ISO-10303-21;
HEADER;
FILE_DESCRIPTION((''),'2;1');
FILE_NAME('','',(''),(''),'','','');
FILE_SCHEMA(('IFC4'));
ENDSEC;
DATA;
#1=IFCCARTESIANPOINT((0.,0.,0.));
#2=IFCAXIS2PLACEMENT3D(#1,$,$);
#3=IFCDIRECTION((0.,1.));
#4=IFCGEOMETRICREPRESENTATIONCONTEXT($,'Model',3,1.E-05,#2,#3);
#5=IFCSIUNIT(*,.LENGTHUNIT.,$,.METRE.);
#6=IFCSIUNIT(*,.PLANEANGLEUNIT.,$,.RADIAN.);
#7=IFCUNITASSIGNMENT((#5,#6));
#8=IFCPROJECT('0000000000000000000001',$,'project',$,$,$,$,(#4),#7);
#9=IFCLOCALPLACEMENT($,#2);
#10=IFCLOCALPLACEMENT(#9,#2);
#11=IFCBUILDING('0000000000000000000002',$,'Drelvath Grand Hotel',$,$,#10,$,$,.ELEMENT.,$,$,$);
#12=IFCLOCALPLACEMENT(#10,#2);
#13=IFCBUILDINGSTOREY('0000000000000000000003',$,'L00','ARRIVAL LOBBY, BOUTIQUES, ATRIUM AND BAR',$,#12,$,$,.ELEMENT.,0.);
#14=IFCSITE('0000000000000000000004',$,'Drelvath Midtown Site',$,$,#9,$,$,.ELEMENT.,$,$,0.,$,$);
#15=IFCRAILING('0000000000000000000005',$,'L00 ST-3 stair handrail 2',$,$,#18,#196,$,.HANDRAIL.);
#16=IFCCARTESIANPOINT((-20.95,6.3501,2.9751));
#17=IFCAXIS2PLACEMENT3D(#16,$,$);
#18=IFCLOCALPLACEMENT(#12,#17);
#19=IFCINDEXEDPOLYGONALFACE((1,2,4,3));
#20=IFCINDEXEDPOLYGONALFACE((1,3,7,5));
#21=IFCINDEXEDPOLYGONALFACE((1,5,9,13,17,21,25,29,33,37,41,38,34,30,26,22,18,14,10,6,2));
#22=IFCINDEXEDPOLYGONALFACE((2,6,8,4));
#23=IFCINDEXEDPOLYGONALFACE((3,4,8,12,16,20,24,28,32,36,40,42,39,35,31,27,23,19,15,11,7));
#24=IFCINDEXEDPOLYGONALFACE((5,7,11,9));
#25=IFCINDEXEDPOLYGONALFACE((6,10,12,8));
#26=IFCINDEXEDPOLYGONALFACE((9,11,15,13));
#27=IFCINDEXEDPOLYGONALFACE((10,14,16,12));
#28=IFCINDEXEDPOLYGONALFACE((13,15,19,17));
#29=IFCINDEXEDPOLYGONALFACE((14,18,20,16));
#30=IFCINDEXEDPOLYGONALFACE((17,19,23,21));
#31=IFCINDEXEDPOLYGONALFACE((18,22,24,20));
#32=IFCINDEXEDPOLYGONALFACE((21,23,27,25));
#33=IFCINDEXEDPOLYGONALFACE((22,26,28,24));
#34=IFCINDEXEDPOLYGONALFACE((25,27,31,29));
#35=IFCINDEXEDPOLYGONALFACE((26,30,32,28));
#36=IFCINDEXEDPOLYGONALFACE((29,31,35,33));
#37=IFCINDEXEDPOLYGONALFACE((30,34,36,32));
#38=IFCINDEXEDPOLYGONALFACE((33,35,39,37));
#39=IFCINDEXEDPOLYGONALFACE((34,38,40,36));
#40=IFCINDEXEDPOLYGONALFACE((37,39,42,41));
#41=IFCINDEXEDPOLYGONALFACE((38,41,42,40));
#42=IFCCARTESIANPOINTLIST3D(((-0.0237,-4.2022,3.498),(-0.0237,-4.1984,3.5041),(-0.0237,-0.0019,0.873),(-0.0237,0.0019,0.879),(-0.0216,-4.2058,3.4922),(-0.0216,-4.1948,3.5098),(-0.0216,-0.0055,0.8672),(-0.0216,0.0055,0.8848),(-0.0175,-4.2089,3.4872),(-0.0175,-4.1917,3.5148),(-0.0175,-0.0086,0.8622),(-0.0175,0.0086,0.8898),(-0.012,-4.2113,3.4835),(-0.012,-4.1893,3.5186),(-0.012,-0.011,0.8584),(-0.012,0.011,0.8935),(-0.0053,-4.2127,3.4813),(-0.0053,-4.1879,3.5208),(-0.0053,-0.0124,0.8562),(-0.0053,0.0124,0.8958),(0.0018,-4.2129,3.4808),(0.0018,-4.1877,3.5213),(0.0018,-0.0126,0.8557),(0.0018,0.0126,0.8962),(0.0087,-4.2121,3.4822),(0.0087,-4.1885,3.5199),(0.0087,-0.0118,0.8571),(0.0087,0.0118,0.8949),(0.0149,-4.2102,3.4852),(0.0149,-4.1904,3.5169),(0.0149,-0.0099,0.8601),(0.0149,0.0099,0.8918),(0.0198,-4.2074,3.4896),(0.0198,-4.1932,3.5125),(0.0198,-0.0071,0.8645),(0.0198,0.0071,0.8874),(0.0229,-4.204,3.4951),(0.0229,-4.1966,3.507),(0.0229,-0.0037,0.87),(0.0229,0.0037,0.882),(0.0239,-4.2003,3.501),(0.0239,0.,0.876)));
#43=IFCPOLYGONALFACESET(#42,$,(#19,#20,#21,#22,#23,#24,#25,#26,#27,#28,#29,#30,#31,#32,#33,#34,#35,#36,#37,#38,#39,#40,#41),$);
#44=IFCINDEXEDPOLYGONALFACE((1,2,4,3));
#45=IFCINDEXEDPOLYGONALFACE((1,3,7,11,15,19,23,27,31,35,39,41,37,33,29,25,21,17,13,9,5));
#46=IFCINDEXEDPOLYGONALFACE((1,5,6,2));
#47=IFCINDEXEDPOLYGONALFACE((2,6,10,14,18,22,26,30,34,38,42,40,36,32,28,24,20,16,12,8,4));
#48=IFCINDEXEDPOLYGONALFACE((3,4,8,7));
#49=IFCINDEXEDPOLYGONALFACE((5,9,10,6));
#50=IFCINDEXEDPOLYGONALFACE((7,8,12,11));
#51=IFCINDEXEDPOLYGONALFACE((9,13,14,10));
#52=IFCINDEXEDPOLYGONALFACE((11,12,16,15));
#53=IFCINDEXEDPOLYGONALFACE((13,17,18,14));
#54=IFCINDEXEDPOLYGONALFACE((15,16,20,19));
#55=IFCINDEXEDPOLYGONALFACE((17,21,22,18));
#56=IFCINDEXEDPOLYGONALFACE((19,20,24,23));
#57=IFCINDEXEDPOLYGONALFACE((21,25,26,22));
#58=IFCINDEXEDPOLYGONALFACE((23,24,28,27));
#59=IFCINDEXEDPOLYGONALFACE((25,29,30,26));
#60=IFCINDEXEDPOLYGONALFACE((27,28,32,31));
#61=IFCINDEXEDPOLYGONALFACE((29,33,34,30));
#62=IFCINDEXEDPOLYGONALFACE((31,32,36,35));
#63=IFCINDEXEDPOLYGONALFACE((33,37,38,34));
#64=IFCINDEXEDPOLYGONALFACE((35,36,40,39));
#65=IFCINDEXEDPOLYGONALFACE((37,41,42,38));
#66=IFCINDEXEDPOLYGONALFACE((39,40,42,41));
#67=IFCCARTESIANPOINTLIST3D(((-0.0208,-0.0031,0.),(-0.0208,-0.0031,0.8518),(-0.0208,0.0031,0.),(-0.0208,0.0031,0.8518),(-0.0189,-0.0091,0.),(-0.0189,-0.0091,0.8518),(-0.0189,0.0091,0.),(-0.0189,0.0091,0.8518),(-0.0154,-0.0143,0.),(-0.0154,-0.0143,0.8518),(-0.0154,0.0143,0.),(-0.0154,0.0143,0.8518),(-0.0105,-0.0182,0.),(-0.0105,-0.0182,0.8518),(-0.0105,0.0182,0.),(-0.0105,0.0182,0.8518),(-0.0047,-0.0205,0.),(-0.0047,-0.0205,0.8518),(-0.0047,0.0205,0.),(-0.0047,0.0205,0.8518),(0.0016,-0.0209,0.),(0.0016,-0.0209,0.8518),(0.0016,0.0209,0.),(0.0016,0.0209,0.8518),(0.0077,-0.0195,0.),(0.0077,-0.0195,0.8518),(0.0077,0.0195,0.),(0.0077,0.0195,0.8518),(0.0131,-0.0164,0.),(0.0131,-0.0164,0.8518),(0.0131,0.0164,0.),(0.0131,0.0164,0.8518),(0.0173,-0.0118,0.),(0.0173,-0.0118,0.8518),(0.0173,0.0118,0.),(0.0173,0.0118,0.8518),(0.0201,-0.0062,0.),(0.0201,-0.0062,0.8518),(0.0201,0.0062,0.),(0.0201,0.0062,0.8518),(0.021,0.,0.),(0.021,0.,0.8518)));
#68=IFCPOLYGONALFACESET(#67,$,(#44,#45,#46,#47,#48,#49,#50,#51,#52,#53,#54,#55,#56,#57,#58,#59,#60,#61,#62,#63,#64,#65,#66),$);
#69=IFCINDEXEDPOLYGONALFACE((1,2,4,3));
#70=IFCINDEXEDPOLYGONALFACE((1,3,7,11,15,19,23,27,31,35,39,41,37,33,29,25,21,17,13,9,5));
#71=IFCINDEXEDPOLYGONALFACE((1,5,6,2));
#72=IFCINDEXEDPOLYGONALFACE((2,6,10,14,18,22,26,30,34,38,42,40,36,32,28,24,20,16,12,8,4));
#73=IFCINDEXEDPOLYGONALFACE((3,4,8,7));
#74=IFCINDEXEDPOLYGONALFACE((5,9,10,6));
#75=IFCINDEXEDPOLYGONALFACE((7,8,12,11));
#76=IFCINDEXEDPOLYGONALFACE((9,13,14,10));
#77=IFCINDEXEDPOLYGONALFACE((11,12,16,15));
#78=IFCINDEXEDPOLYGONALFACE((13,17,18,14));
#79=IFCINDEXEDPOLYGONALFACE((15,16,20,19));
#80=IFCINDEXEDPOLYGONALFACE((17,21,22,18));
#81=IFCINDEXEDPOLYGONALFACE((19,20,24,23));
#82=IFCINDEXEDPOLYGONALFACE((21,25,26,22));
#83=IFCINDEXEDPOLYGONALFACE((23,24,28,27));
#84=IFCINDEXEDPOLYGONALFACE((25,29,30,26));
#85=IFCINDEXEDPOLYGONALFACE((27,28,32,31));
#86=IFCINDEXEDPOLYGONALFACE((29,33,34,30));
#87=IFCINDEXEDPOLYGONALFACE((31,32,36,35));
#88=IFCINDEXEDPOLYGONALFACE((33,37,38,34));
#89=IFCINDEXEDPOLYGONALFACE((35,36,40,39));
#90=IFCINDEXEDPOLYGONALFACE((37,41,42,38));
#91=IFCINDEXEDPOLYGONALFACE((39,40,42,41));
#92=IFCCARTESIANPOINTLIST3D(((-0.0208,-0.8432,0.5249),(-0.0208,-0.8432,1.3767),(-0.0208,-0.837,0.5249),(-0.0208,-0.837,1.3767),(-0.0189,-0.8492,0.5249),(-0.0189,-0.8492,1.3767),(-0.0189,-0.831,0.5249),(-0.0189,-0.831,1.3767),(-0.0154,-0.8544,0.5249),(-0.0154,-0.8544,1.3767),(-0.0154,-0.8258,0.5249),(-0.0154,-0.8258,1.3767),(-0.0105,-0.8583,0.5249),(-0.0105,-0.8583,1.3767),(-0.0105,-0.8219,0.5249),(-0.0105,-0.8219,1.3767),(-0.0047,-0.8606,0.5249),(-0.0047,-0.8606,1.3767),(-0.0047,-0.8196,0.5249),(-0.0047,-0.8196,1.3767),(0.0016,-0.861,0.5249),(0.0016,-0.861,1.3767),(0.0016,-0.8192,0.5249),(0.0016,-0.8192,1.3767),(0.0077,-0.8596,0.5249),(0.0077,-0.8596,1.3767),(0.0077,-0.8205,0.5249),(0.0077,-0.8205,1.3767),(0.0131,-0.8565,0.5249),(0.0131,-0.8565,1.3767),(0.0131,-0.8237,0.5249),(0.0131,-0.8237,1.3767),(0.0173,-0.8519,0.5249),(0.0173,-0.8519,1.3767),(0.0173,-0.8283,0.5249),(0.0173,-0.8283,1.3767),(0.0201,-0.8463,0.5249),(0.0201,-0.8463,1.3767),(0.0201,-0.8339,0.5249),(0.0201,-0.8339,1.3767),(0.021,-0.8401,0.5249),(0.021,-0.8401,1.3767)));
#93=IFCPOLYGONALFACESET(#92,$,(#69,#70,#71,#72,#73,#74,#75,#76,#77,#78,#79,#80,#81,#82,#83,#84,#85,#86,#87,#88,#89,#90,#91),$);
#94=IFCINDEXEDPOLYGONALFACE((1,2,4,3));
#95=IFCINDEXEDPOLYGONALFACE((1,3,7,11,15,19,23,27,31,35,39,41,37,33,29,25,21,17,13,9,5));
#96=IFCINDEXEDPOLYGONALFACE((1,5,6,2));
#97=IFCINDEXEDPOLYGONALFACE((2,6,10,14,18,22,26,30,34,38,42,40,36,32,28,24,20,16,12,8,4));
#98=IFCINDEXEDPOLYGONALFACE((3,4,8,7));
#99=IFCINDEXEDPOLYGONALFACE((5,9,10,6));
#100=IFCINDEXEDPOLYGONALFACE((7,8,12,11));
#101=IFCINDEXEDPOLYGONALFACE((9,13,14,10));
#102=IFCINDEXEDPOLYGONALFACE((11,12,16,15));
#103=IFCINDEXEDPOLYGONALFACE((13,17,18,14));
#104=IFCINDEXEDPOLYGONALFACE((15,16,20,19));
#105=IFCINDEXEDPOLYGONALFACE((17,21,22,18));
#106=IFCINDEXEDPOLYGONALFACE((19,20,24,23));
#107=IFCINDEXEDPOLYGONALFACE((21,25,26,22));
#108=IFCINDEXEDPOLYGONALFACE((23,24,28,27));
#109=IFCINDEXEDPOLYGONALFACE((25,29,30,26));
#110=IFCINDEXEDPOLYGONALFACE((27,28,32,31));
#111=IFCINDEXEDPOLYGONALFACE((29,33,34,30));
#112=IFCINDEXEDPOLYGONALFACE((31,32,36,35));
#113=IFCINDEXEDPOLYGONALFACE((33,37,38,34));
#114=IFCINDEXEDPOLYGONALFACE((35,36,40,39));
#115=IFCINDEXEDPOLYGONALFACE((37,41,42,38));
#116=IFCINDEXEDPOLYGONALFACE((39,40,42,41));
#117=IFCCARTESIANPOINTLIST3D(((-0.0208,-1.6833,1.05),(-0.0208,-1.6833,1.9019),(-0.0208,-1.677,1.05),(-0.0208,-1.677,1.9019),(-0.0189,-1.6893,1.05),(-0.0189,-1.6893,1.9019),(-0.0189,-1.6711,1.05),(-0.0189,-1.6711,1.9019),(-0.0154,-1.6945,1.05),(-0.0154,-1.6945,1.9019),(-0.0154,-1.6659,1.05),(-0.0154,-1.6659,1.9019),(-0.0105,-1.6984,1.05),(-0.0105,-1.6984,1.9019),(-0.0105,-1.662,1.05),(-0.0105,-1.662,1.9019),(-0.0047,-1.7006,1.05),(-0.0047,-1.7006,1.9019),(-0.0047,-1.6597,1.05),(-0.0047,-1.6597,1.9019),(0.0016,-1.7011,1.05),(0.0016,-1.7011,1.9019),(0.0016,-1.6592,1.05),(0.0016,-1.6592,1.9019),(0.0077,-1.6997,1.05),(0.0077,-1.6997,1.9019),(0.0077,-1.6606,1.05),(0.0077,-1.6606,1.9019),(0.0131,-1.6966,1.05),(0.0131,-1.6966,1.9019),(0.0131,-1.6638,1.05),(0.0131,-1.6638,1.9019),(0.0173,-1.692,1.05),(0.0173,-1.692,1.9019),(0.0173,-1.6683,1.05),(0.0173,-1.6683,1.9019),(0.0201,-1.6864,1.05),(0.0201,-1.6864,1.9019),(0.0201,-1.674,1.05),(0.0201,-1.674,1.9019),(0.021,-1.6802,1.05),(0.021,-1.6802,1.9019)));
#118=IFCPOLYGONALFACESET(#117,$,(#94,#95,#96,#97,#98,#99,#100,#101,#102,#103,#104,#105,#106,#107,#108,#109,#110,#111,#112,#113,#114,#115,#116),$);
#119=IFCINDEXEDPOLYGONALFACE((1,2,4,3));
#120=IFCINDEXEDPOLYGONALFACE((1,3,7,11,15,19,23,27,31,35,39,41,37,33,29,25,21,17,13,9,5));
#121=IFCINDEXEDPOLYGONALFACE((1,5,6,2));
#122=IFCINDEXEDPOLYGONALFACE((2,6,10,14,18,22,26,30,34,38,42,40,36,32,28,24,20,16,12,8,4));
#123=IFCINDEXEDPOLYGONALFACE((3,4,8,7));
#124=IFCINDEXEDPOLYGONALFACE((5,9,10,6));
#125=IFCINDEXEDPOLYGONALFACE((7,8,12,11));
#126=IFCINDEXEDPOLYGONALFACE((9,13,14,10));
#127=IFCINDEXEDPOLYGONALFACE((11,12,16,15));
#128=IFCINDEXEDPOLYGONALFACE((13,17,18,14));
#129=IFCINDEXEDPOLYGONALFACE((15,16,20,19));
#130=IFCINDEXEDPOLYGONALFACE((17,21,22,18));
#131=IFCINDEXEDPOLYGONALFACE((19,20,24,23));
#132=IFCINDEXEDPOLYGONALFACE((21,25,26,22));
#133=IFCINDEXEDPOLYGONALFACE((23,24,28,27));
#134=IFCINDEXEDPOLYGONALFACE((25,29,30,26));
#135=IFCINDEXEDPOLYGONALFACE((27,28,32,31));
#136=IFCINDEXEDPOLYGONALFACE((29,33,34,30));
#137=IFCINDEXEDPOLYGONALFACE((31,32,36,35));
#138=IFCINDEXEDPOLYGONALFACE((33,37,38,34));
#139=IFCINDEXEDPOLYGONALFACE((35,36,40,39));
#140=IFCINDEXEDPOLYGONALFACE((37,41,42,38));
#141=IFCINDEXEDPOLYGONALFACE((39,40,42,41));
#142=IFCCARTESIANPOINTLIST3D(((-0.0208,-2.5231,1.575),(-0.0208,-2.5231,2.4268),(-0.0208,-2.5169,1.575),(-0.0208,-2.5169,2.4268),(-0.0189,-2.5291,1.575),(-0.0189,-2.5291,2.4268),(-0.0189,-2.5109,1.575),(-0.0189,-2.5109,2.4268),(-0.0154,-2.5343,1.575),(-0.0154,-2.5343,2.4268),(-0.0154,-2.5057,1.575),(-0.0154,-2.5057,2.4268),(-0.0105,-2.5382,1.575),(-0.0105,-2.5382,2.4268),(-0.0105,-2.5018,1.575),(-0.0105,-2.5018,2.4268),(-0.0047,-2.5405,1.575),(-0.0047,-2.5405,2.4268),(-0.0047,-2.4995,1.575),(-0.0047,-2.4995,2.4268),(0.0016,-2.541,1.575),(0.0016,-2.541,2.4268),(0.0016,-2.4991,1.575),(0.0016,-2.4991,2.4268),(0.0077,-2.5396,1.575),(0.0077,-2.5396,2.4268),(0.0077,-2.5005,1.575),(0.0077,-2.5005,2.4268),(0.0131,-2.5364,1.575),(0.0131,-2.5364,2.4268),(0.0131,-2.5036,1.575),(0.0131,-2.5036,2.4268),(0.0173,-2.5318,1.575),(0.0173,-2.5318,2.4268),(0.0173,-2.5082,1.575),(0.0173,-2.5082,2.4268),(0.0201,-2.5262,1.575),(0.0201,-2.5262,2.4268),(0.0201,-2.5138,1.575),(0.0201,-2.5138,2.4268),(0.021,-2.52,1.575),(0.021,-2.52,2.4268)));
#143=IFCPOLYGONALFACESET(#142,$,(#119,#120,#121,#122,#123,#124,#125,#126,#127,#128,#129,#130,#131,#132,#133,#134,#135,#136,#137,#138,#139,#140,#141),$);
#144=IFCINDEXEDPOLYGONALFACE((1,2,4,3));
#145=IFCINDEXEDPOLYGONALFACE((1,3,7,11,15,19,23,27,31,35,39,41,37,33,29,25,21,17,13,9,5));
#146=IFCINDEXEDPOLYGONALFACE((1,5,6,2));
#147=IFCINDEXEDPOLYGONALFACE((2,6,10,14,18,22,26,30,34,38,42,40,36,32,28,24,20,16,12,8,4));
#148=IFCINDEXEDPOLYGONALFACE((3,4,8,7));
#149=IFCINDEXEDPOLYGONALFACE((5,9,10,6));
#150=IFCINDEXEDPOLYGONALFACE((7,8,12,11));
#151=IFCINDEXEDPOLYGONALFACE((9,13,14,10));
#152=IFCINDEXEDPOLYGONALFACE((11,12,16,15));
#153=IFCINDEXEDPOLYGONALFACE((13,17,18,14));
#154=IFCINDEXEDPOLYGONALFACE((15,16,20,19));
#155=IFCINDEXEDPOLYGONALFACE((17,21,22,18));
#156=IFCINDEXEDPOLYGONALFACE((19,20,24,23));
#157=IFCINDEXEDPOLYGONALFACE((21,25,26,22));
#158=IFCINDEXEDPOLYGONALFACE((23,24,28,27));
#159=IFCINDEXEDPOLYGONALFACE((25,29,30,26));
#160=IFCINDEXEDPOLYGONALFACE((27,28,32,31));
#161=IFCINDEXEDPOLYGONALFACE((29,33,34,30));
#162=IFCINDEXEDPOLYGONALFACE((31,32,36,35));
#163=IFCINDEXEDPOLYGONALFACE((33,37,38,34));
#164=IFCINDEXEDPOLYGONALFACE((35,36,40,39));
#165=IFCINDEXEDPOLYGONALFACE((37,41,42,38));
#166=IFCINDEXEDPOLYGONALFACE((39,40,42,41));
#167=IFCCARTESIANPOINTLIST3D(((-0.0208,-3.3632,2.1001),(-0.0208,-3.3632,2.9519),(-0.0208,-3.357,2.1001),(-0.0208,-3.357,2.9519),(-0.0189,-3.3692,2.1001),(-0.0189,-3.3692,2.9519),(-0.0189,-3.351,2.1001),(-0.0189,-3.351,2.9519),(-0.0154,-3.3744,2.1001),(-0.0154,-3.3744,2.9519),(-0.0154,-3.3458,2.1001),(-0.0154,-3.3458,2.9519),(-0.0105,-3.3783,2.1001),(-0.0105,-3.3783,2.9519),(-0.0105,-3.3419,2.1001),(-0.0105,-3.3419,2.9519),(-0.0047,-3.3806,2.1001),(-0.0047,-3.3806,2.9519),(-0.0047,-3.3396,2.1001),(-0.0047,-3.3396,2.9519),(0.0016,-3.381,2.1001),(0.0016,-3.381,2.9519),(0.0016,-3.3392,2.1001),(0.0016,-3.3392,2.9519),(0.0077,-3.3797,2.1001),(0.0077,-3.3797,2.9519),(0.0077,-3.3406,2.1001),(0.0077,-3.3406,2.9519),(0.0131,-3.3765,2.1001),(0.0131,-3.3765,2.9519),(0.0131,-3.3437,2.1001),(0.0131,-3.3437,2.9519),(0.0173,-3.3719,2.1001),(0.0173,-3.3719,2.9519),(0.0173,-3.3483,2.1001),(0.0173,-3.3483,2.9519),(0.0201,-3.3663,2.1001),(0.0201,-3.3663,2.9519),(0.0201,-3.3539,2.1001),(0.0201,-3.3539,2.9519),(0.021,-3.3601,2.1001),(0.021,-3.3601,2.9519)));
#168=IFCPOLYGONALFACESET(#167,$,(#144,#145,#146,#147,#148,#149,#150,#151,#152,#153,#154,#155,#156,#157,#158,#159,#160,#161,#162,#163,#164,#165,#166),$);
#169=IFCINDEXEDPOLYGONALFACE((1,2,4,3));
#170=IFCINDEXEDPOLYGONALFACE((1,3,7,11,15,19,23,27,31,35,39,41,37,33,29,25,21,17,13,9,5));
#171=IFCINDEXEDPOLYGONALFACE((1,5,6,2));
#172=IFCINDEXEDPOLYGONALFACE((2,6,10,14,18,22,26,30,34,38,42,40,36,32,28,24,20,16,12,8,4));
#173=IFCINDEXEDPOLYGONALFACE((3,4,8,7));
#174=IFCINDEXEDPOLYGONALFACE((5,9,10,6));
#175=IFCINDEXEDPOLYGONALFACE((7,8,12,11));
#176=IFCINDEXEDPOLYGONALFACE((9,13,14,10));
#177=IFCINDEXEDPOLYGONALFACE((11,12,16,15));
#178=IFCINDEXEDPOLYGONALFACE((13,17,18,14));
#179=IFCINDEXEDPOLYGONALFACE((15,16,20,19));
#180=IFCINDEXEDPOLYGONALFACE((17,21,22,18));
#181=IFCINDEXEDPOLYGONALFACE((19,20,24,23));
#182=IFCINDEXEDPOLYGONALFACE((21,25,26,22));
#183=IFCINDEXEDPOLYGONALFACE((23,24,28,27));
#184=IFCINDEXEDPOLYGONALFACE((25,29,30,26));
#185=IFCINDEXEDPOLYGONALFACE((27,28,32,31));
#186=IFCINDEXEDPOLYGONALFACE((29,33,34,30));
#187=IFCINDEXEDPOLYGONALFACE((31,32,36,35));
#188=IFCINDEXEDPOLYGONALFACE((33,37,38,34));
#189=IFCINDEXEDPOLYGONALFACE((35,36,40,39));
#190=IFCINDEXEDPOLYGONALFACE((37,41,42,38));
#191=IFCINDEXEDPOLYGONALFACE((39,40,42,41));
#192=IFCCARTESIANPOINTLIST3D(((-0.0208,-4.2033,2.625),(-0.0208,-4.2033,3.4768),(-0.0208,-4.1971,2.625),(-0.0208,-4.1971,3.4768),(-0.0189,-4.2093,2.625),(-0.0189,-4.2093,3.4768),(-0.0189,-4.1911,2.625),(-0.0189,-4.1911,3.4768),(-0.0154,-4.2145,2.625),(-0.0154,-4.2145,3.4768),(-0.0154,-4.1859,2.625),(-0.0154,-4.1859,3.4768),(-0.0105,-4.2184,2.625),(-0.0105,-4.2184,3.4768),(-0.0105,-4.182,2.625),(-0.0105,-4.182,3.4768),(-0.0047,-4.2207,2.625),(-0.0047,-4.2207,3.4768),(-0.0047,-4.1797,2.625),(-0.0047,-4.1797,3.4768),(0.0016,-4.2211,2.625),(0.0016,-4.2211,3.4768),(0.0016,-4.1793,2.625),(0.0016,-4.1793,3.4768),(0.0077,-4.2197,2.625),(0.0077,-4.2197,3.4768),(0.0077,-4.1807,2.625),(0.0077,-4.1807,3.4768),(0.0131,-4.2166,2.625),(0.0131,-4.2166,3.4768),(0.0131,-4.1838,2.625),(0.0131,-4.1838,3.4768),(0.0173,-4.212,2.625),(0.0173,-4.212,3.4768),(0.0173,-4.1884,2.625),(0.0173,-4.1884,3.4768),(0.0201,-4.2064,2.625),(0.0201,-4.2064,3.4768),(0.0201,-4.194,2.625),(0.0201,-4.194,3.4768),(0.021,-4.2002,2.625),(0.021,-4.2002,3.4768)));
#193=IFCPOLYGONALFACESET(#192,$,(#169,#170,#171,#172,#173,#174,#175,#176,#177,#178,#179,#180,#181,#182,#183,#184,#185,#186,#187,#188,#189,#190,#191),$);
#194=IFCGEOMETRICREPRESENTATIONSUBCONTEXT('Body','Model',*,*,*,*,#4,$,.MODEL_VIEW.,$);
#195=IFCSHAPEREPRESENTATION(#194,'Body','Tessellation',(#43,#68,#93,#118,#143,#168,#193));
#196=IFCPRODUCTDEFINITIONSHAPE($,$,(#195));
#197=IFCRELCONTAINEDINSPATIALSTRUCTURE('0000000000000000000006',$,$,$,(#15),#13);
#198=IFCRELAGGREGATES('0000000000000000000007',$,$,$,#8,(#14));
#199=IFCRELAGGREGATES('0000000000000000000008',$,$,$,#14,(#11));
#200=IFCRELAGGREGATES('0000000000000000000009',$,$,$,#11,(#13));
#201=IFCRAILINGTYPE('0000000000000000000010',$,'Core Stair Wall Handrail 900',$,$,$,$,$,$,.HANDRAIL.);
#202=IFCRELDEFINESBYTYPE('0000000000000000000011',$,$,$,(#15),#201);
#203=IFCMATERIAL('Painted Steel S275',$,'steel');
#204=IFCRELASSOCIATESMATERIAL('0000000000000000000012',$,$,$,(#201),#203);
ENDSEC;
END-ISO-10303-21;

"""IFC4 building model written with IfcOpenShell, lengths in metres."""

from ifc_helpers import new_model, si_unit, direction, frame, origin, origin_2d, place, context, subcontext, project, spatial, circle, extrude, material, type_object, element, save


model = new_model("IFC4")

# Units and contexts
model_context = context("Model", 3, precision=1e-05, world=origin(), true_north=direction((0.0, 1.0)))
body_context = subcontext(model_context, "Body", "Model", "MODEL_VIEW")
ifc_project = project(units=[si_unit("LENGTHUNIT", "METRE"), si_unit("PLANEANGLEUNIT", "RADIAN")], contexts=[model_context])

# Site, building, storey
site_placement = place(None, origin())
site = spatial("IfcSite", under=ifc_project, at=site_placement, Name="Drelvath Midtown Site", CompositionType="ELEMENT", RefElevation=0.0)
building_placement = place(site_placement, origin())
building = spatial("IfcBuilding", under=site, at=building_placement, Name="Drelvath Grand Hotel", CompositionType="ELEMENT")
storey_placement = place(building_placement, origin())
storey = spatial("IfcBuildingStorey", under=building, at=storey_placement, Name="L00", Description="ARRIVAL LOBBY, BOUTIQUES, ATRIUM AND BAR", CompositionType="ELEMENT", Elevation=0.0)

# Railing
ifc_material_1 = material(Name="Painted Steel S275", Category="steel")
railing_type_1 = type_object("IfcRailingType", Name="Core Stair Wall Handrail 900", PredefinedType="HANDRAIL", material=ifc_material_1)
railing_1_placement = place(storey_placement, frame((-20.95, 6.3501, 2.9751)))
element("IfcRailing", 1, at=railing_1_placement, inside=storey, type_object=railing_type_1, Name="L00 ST-3 stair handrail 2", PredefinedType="HANDRAIL", context=body_context, shape_type="SweptSolid", body=[
    extrude(circle(Radius=0.0239, at=origin_2d()), frame((0.0, 0.0, 0.876), z_axis=(0.0, -0.848009, 0.529981), x_axis=(1.0, 0.0, 0.0)), (0.0, 0.0, 1.0), 4.9531),
    extrude(circle(Radius=0.021, at=origin_2d()), origin(), (0.0, 0.0, 1.0), 0.8518),
    extrude(circle(Radius=0.021, at=origin_2d()), frame((0.0, -0.8401, 0.5249)), (0.0, 0.0, 1.0), 0.8518),
    extrude(circle(Radius=0.021, at=origin_2d()), frame((0.0, -1.6802, 1.05)), (0.0, 0.0, 1.0), 0.8518),
    extrude(circle(Radius=0.021, at=origin_2d()), frame((0.0, -2.52, 1.575)), (0.0, 0.0, 1.0), 0.8518),
    extrude(circle(Radius=0.021, at=origin_2d()), frame((0.0, -3.3601, 2.1001)), (0.0, 0.0, 1.0), 0.8518),
    extrude(circle(Radius=0.021, at=origin_2d()), frame((0.0, -4.2002, 2.625)), (0.0, 0.0, 1.0), 0.8518),
])

save(model, "model.ifc")
